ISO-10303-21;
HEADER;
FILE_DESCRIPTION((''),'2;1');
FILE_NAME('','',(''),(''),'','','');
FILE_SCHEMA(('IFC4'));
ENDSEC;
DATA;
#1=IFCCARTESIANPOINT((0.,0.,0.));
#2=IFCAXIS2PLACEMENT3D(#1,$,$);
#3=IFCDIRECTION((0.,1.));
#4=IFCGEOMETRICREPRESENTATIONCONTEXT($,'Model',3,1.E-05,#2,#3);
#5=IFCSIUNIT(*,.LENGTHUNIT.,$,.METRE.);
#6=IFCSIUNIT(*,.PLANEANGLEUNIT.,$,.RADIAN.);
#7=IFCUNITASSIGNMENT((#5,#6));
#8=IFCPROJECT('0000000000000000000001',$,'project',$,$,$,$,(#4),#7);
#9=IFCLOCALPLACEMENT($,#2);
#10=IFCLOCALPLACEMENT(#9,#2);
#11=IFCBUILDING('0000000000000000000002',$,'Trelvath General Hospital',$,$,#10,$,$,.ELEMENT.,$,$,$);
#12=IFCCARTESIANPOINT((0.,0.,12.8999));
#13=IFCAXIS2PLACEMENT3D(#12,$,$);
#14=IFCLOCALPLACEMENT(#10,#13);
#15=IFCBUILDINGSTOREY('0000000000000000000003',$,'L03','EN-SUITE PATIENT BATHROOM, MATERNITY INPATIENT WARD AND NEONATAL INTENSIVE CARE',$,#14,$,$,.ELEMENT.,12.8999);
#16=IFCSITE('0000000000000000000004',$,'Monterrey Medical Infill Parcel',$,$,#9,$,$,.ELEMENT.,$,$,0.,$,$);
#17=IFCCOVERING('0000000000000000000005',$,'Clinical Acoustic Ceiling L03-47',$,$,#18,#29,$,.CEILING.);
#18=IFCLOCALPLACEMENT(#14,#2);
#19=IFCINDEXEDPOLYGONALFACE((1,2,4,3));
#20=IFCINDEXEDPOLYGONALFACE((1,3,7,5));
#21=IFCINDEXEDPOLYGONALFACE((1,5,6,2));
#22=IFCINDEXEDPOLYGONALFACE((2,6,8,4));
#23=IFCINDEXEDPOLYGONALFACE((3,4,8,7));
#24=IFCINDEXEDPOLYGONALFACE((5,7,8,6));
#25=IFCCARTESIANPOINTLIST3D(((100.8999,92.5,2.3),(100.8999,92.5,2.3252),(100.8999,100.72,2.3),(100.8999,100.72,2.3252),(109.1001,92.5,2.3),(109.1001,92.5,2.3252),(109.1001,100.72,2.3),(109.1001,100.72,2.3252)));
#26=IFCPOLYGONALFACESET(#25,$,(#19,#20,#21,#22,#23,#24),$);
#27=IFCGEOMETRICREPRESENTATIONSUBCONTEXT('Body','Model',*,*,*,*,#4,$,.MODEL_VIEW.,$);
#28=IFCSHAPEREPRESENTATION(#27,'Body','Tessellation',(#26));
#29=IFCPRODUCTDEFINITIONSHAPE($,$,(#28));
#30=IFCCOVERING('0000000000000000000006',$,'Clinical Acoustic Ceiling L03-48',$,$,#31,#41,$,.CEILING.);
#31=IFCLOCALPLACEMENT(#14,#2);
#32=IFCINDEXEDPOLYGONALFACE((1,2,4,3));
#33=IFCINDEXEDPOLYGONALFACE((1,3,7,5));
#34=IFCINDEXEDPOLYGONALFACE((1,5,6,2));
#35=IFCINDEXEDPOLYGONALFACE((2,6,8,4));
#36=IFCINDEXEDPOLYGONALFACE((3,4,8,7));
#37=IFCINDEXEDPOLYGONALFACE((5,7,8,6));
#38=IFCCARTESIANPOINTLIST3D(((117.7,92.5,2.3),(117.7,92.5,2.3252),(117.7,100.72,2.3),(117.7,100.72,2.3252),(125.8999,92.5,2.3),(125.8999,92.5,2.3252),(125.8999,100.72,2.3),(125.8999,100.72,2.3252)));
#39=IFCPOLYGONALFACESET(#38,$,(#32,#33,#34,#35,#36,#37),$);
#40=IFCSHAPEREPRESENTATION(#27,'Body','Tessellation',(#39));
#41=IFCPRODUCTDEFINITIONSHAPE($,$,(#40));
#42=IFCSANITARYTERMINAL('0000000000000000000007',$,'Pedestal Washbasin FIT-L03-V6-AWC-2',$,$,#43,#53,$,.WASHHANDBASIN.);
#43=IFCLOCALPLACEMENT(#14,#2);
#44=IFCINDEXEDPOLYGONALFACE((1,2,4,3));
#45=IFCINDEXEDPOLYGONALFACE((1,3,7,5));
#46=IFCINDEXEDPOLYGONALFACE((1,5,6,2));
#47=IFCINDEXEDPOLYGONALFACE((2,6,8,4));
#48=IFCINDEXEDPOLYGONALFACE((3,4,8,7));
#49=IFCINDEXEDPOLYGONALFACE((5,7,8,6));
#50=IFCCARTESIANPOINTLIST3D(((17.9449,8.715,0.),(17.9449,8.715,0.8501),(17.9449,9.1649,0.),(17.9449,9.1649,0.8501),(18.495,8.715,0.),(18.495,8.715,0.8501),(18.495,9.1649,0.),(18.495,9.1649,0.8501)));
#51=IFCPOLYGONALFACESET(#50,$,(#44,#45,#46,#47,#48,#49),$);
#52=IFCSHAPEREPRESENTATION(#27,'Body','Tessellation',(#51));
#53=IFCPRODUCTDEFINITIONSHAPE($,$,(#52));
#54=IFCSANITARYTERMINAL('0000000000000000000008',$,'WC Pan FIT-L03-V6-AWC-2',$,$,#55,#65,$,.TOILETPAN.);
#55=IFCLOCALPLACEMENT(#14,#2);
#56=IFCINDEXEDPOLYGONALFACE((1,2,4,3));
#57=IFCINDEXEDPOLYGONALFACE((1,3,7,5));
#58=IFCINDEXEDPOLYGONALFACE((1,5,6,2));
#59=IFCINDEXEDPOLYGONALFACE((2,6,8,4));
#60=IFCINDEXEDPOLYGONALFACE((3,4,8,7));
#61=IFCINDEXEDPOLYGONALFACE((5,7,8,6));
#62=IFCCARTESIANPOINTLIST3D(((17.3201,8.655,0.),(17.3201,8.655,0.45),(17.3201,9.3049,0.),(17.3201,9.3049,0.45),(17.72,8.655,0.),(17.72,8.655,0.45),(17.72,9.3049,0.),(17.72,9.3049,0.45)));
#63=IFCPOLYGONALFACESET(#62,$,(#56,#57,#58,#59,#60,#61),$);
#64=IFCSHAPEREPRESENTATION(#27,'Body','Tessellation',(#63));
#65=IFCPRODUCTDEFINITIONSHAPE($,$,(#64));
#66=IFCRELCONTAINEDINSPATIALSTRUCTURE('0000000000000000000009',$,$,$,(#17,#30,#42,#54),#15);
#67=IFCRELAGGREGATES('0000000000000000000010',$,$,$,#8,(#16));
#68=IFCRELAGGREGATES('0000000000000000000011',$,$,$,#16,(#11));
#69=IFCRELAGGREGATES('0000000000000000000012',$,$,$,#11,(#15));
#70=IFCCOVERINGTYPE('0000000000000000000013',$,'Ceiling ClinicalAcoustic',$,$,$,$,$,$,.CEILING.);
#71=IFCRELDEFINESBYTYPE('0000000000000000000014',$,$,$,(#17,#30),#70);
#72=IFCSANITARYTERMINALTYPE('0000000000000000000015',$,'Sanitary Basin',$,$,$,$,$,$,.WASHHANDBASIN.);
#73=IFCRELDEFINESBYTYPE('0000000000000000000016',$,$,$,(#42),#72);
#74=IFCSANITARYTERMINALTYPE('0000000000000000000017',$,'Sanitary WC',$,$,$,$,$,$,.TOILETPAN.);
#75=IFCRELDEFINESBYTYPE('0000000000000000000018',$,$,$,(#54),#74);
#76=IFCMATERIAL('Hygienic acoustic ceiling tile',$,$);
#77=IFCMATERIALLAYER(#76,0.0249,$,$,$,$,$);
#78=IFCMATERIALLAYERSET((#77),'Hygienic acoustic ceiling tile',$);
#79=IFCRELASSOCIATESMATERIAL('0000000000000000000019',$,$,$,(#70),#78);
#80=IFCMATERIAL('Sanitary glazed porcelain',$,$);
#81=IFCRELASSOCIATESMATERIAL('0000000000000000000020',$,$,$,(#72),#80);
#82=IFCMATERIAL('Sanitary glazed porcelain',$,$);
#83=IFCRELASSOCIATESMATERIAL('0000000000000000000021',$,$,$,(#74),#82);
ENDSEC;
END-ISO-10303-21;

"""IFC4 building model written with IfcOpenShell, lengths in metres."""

from ifc_helpers import new_model, si_unit, direction, frame, origin, origin_2d, place, context, subcontext, project, spatial, polyline, rectangle, outline, extrude, material, layer, layer_set, type_object, element, save


model = new_model("IFC4")

# Units and contexts
model_context = context("Model", 3, precision=1e-05, world=origin(), true_north=direction((0.0, 1.0)))
body_context = subcontext(model_context, "Body", "Model", "MODEL_VIEW")
ifc_project = project(units=[si_unit("LENGTHUNIT", "METRE"), si_unit("PLANEANGLEUNIT", "RADIAN")], contexts=[model_context])

# Site, building, storey
site_placement = place(None, origin())
site = spatial("IfcSite", under=ifc_project, at=site_placement, Name="Monterrey Medical Infill Parcel", CompositionType="ELEMENT", RefElevation=0.0)
building_placement = place(site_placement, origin())
building = spatial("IfcBuilding", under=site, at=building_placement, Name="Trelvath General Hospital", CompositionType="ELEMENT")
storey_placement = place(building_placement, frame((0.0, 0.0, 12.8999)))
storey = spatial("IfcBuildingStorey", under=building, at=storey_placement, Name="L03", Description="EN-SUITE PATIENT BATHROOM, MATERNITY INPATIENT WARD AND NEONATAL INTENSIVE CARE", CompositionType="ELEMENT", Elevation=12.8999)

# Coverings
ifc_material_1 = material(Name="Hygienic acoustic ceiling tile")
ifc_layer_1 = layer(ifc_material_1, 0.0249)
ifc_layer_set_1 = layer_set([ifc_layer_1], Name="Hygienic acoustic ceiling tile")
covering_type = type_object("IfcCoveringType", Name="Ceiling ClinicalAcoustic", PredefinedType="CEILING", material=ifc_layer_set_1)
covering_1_placement = place(storey_placement, frame((0.0, 0.0, 2.3)))
element("IfcCovering", 1, at=covering_1_placement, inside=storey, type_object=covering_type, Name="Clinical Acoustic Ceiling L03-47", PredefinedType="CEILING", context=body_context, shape_type="SweptSolid", body=[
    extrude(outline(polyline([(100.8999, 92.5), (109.1001, 92.5), (109.1001, 100.72), (100.8999, 100.72), (100.8999, 92.5)])), origin(), (0.0, 0.0, 1.0), 0.0251),
])
covering_2_placement = place(storey_placement, frame((0.0, 0.0, 2.3)))
element("IfcCovering", 2, at=covering_2_placement, inside=storey, type_object=covering_type, Name="Clinical Acoustic Ceiling L03-48", PredefinedType="CEILING", context=body_context, shape_type="SweptSolid", body=[
    extrude(outline(polyline([(117.7, 92.5), (125.8999, 92.5), (125.8999, 100.72), (117.7, 100.72), (117.7, 92.5)])), origin(), (0.0, 0.0, 1.0), 0.0251),
])

# Sanitary terminals
ifc_material_2 = material(Name="Sanitary glazed porcelain")
sanitary_terminal_type_1 = type_object("IfcSanitaryTerminalType", Name="Sanitary Basin", PredefinedType="WASHHANDBASIN", material=ifc_material_2)
sanitary_terminal_1_placement = place(storey_placement, frame((18.22, 8.9399, 0.0), z_axis=(0.0, 0.0, 1.0), x_axis=(1.0, 0.0, 0.0)))
element("IfcSanitaryTerminal", 3, at=sanitary_terminal_1_placement, inside=storey, type_object=sanitary_terminal_type_1, Name="Pedestal Washbasin FIT-L03-V6-AWC-2", PredefinedType="WASHHANDBASIN", context=body_context, shape_type="SweptSolid", body=[
    extrude(rectangle(XDim=0.55, YDim=0.45, at=origin_2d()), origin(), (0.0, 0.0, 1.0), 0.8501),
])
ifc_material_3 = material(Name="Sanitary glazed porcelain")
sanitary_terminal_type_2 = type_object("IfcSanitaryTerminalType", Name="Sanitary WC", PredefinedType="TOILETPAN", material=ifc_material_3)
sanitary_terminal_2_placement = place(storey_placement, frame((17.52, 8.98, 0.0), z_axis=(0.0, 0.0, 1.0), x_axis=(1.0, 0.0, 0.0)))
element("IfcSanitaryTerminal", 4, at=sanitary_terminal_2_placement, inside=storey, type_object=sanitary_terminal_type_2, Name="WC Pan FIT-L03-V6-AWC-2", PredefinedType="TOILETPAN", context=body_context, shape_type="SweptSolid", body=[
    extrude(rectangle(XDim=0.3999, YDim=0.6499, at=origin_2d()), origin(), (0.0, 0.0, 1.0), 0.45),
])

save(model, "model.ifc")
